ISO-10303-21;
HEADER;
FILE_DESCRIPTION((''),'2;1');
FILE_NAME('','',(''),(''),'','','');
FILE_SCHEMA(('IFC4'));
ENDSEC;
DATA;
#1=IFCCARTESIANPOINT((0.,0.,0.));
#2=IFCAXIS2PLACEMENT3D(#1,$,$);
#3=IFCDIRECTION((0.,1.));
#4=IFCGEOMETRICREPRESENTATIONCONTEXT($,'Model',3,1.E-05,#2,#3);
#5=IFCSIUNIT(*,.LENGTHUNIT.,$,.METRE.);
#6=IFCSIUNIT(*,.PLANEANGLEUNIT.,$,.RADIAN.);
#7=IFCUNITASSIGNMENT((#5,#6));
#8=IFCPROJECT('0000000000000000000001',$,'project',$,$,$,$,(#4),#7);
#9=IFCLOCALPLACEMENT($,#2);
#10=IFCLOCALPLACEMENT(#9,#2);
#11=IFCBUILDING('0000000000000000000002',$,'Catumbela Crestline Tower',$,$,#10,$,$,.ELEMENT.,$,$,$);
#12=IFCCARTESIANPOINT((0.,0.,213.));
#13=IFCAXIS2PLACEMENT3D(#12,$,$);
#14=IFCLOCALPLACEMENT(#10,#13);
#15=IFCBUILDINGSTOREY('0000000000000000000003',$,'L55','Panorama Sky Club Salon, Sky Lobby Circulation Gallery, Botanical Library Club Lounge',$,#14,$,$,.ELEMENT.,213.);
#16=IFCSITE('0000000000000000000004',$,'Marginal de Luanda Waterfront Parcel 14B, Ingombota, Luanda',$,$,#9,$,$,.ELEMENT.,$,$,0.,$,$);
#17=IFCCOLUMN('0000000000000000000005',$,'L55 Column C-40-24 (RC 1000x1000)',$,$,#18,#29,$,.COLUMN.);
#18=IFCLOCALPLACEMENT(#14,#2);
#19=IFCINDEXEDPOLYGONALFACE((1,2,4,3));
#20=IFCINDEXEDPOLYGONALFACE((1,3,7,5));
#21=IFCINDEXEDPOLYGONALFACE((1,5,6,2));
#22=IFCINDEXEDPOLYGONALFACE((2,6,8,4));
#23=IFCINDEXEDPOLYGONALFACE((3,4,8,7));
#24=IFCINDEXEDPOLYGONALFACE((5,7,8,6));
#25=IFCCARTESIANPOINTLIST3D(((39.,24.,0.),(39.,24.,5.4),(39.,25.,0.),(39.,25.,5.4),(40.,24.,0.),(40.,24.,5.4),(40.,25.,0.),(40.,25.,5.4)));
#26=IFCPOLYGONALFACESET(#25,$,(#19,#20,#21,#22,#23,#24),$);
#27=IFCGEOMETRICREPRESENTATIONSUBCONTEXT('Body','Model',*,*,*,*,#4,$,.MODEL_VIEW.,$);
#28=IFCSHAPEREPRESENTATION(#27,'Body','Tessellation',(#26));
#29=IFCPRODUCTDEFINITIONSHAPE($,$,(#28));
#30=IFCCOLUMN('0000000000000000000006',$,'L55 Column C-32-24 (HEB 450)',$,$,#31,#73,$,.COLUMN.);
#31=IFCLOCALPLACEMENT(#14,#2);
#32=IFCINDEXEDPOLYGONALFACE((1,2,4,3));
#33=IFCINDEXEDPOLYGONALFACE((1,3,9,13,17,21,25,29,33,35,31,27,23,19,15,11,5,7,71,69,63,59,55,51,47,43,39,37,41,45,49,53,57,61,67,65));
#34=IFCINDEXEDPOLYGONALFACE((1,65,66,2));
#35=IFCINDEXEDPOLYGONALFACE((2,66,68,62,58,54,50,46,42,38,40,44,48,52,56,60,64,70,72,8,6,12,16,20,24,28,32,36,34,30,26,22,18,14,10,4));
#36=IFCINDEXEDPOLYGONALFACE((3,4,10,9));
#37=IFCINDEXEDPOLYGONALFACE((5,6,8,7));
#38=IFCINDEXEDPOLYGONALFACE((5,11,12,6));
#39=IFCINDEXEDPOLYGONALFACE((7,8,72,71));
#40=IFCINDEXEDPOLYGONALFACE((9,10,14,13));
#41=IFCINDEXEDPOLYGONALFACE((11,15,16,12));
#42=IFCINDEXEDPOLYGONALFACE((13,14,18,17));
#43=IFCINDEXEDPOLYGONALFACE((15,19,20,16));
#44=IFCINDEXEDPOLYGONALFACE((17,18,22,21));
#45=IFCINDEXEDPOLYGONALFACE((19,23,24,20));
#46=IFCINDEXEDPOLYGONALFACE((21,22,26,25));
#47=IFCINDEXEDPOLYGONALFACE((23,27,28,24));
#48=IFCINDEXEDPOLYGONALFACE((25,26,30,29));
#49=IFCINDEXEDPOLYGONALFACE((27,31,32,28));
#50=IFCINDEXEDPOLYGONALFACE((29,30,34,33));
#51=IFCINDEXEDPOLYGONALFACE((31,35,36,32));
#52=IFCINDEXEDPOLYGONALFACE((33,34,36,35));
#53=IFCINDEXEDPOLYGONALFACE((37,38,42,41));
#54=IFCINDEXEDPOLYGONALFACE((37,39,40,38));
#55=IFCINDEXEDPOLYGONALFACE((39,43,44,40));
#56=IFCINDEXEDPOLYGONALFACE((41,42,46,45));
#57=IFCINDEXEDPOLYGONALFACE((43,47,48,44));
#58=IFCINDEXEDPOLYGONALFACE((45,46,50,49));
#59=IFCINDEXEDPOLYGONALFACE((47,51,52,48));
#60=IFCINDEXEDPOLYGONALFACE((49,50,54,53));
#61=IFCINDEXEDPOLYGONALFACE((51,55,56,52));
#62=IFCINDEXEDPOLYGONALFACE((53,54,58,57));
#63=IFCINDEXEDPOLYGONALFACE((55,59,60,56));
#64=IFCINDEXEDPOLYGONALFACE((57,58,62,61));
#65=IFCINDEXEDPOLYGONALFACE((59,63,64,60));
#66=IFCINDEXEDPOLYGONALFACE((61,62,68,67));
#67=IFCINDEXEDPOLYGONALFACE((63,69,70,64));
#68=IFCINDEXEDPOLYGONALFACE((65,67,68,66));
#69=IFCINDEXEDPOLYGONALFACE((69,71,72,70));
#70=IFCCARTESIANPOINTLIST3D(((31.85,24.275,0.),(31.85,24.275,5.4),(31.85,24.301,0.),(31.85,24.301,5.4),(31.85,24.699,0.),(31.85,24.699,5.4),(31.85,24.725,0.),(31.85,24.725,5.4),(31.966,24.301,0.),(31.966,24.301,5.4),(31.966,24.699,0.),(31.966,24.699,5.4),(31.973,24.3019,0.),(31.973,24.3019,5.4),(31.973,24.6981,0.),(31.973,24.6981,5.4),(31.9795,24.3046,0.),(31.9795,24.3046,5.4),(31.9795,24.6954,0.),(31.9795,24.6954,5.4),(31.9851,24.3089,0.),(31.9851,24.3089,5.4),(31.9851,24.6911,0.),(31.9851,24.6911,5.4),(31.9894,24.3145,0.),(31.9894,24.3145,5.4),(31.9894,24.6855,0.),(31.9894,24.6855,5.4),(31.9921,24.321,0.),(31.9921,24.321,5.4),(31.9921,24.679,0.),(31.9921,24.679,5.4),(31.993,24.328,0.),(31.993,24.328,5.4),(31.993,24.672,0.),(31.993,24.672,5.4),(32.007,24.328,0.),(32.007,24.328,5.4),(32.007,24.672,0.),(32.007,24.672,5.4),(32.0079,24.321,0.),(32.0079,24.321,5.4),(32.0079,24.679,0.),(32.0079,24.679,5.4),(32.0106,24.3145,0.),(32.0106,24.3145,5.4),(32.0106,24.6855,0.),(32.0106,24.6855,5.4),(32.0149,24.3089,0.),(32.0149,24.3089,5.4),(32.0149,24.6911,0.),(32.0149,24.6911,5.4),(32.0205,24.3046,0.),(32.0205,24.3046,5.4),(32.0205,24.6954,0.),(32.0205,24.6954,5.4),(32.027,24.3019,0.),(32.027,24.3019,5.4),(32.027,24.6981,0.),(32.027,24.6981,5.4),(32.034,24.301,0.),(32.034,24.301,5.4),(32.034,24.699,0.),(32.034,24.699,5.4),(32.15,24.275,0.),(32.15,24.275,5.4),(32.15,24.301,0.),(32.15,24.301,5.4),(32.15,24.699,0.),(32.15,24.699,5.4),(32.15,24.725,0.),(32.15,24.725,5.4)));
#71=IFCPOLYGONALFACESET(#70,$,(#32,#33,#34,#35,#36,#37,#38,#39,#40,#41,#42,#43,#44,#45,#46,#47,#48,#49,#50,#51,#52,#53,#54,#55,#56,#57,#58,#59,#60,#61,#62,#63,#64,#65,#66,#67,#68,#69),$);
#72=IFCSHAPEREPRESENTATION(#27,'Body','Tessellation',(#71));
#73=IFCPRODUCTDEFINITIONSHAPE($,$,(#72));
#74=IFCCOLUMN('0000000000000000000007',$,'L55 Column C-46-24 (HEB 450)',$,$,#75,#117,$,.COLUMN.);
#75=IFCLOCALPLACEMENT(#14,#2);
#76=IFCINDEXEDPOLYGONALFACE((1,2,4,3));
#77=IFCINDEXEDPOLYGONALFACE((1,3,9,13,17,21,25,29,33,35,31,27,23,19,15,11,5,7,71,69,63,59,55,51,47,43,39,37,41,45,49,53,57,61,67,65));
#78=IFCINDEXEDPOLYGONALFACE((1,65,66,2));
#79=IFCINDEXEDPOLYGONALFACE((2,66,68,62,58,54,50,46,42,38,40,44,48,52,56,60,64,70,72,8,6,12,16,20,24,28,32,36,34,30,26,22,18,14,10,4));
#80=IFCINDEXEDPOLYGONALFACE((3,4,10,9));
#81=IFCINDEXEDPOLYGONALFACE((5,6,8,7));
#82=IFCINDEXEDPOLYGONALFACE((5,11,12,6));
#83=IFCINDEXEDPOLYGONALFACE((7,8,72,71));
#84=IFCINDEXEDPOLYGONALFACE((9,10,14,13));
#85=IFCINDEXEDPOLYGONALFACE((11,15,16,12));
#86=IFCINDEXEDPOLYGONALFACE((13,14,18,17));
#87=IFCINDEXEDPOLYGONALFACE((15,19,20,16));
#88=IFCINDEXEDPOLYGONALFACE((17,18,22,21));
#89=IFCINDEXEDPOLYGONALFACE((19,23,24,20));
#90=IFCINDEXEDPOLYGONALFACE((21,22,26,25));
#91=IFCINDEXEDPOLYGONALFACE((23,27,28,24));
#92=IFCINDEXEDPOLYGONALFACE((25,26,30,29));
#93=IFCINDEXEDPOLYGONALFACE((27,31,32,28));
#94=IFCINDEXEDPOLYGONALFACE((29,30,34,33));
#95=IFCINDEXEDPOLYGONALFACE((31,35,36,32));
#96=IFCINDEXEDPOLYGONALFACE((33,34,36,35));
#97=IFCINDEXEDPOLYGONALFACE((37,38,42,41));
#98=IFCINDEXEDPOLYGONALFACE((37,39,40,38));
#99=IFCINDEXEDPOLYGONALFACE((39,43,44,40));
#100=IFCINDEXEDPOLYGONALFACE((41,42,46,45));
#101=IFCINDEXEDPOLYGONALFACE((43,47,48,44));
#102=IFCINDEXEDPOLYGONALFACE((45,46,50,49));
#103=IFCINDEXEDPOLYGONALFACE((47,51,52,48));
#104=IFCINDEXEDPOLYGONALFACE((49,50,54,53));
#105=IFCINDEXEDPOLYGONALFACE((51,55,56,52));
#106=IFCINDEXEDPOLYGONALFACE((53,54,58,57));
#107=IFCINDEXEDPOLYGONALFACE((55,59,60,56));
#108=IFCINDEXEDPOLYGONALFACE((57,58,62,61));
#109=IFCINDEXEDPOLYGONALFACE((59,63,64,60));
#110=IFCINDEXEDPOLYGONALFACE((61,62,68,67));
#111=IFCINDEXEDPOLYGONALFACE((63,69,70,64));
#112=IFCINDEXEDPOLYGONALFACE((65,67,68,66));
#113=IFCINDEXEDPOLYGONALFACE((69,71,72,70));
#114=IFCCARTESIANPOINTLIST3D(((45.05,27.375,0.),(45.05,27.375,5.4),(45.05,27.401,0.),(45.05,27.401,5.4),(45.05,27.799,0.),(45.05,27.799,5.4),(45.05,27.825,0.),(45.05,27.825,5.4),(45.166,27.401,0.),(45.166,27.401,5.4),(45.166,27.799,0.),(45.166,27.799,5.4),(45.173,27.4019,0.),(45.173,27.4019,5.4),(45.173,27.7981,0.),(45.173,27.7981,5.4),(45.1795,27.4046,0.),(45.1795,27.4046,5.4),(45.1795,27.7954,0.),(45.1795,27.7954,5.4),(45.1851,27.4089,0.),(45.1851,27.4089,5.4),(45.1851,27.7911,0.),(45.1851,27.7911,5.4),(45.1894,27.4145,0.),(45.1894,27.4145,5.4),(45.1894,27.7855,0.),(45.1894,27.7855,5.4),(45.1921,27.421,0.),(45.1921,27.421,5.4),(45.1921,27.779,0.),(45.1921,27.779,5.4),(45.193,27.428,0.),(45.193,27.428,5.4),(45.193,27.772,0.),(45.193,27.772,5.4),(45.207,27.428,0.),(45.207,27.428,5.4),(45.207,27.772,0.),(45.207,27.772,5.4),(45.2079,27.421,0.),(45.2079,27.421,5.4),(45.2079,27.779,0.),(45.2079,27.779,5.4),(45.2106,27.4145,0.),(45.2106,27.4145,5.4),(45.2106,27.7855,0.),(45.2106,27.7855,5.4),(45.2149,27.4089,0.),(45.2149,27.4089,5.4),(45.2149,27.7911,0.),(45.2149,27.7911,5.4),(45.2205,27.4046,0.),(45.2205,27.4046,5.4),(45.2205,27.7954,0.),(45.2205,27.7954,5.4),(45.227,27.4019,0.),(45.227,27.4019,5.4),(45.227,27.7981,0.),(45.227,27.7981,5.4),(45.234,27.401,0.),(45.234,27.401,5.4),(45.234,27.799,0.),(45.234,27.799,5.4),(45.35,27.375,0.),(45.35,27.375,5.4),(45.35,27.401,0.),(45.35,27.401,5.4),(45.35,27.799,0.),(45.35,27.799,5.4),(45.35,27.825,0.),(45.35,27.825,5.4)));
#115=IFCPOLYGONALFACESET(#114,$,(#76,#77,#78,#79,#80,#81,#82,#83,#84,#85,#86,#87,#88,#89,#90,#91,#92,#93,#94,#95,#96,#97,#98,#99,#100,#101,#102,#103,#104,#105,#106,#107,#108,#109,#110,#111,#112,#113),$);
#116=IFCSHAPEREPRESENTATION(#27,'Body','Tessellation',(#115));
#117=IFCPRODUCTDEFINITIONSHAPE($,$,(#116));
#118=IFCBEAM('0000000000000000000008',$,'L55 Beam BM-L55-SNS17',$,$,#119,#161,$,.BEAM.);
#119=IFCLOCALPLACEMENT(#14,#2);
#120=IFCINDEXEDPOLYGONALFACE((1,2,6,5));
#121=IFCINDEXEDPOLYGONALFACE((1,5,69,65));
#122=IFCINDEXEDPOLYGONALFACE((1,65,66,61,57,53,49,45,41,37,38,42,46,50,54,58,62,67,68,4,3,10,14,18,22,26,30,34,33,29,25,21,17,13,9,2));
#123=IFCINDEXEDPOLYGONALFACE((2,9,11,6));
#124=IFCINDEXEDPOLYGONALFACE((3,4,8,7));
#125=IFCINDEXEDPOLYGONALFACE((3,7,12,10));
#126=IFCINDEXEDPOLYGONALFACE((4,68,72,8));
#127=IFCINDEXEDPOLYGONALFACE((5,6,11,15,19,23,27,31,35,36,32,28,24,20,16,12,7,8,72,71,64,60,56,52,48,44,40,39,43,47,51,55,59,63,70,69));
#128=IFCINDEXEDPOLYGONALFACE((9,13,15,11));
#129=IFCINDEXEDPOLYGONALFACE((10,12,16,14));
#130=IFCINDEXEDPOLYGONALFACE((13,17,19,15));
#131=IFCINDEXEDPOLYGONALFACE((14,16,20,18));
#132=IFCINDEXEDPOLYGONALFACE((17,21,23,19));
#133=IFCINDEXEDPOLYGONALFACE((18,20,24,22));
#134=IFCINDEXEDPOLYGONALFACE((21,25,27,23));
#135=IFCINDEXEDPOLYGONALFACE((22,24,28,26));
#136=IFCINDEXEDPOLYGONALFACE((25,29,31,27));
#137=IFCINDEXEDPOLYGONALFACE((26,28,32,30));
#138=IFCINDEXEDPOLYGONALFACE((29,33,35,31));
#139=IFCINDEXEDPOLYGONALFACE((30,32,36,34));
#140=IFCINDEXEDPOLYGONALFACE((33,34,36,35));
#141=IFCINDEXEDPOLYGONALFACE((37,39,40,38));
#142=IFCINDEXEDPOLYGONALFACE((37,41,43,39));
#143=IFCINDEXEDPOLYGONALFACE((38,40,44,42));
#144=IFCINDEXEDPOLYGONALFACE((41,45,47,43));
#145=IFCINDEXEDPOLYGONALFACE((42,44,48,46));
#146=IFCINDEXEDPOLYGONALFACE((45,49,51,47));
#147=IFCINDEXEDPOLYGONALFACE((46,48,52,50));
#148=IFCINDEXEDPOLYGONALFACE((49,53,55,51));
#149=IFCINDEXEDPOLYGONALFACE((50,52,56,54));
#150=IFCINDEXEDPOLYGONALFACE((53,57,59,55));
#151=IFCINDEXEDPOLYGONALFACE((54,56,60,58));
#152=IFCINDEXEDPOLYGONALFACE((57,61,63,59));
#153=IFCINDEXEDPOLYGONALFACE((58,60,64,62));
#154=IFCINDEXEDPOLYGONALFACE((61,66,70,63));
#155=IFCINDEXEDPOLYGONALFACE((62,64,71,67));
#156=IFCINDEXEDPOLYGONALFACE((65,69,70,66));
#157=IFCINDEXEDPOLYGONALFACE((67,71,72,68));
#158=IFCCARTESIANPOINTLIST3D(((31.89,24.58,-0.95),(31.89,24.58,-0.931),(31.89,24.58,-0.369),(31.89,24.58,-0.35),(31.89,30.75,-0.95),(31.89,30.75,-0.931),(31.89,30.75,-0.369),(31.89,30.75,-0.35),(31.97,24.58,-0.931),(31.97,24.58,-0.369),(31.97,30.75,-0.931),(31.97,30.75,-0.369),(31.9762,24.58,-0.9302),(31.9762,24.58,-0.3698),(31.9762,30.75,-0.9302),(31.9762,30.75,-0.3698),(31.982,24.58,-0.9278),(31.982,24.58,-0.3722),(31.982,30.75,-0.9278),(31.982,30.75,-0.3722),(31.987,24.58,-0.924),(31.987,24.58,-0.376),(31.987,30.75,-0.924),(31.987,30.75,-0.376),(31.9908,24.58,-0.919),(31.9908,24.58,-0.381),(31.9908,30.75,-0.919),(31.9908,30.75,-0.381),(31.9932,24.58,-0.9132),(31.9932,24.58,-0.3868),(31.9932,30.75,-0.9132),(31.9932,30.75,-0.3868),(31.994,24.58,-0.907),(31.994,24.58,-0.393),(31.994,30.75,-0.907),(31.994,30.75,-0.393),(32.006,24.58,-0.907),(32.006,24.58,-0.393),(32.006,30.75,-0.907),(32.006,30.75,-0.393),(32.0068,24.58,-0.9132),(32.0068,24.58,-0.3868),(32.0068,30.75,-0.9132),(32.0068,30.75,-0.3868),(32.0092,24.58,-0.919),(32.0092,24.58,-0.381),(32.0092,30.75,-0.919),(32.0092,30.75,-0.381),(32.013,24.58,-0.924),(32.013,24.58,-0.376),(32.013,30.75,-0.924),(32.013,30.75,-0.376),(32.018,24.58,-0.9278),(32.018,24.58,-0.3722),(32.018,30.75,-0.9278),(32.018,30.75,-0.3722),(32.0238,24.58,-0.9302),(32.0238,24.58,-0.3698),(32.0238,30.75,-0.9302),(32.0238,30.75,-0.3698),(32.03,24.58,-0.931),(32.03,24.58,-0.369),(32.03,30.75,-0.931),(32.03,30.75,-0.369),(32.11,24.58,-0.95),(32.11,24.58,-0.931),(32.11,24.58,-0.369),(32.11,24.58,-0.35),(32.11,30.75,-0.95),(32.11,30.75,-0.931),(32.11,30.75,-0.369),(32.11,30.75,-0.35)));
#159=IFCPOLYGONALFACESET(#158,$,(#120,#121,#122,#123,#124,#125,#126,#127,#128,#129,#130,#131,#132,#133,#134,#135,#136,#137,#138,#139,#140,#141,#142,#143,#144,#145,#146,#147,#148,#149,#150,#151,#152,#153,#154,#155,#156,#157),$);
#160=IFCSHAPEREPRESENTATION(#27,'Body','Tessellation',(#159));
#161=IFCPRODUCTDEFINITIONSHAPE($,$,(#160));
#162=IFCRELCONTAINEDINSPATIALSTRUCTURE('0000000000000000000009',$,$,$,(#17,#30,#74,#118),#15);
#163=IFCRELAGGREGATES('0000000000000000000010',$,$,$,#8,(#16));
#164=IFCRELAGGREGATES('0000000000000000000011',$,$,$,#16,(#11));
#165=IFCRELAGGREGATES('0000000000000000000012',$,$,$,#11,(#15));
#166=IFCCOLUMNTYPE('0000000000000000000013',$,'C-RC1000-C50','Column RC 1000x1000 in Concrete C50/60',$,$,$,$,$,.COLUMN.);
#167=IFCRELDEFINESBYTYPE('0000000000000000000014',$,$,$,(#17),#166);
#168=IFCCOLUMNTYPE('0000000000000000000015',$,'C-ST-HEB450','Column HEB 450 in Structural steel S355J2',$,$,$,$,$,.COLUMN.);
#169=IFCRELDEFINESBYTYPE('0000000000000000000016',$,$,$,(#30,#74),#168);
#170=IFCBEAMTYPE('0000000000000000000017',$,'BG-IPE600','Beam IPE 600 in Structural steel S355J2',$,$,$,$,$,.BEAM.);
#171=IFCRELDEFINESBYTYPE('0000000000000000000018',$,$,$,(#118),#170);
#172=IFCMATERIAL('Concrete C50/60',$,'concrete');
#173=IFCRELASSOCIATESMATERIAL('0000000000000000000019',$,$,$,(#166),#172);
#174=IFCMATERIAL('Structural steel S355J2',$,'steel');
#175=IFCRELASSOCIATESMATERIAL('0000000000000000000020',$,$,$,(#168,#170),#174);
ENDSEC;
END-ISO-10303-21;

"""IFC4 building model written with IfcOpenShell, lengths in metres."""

from ifc_helpers import new_model, si_unit, direction, frame, origin, origin_2d, place, context, subcontext, project, spatial, rectangle, i_section, extrude, material, material_profile, profile_set, type_object, element, save


model = new_model("IFC4")

# Units and contexts
model_context = context("Model", 3, precision=1e-05, world=origin(), true_north=direction((0.0, 1.0)))
body_context = subcontext(model_context, "Body", "Model", "MODEL_VIEW")
ifc_project = project(units=[si_unit("LENGTHUNIT", "METRE"), si_unit("PLANEANGLEUNIT", "RADIAN")], contexts=[model_context])

# Site, building, storey
site_placement = place(None, origin())
site = spatial("IfcSite", under=ifc_project, at=site_placement, Name="Marginal de Luanda Waterfront Parcel 14B, Ingombota, Luanda", CompositionType="ELEMENT", RefElevation=0.0)
building_placement = place(site_placement, origin())
building = spatial("IfcBuilding", under=site, at=building_placement, Name="Catumbela Crestline Tower", CompositionType="ELEMENT")
storey_placement = place(building_placement, frame((0.0, 0.0, 213.0)))
storey = spatial("IfcBuildingStorey", under=building, at=storey_placement, Name="L55", Description="Panorama Sky Club Salon, Sky Lobby Circulation Gallery, Botanical Library Club Lounge", CompositionType="ELEMENT", Elevation=213.0)

# Columns
ifc_material_1 = material(Name="Concrete C50/60", Category="concrete")
ifc_material_profile_1 = material_profile(ifc_material_1, rectangle(XDim=1.0, YDim=1.0, at=origin_2d()), Name="RC 1000x1000")
ifc_profile_set_1 = profile_set([ifc_material_profile_1], Name="Concrete C50/60")
column_type_1 = type_object("IfcColumnType", Name="C-RC1000-C50", Description="Column RC 1000x1000 in Concrete C50/60", PredefinedType="COLUMN", material=ifc_profile_set_1)
column_placement = place(storey_placement, frame((39.5, 24.5, 0.0), z_axis=(0.0, 0.0, 1.0), x_axis=(1.0, 0.0, 0.0)))
element("IfcColumn", 1, at=column_placement, inside=storey, type_object=column_type_1, Name="L55 Column C-40-24 (RC 1000x1000)", PredefinedType="COLUMN", context=body_context, shape_type="SweptSolid", body=[
    extrude(rectangle(XDim=1.0, YDim=1.0, at=origin_2d()), origin(), (0.0, 0.0, 1.0), 5.4),
])
ifc_material_2 = material(Name="Structural steel S355J2", Category="steel")
ifc_material_profile_2 = material_profile(ifc_material_2, i_section(OverallWidth=0.3, OverallDepth=0.45, WebThickness=0.014, FlangeThickness=0.026, FilletRadius=0.027, at=origin_2d()), Name="HEB 450")
ifc_profile_set_2 = profile_set([ifc_material_profile_2], Name="Structural steel S355J2")
column_type_2 = type_object("IfcColumnType", Name="C-ST-HEB450", Description="Column HEB 450 in Structural steel S355J2", PredefinedType="COLUMN", material=ifc_profile_set_2)
for number, where, z_axis, x_axis, name in (
    (2, (32.0, 24.5, 0.0), (0.0, 0.0, 1.0), (1.0, 0.0, 0.0), "L55 Column C-32-24 (HEB 450)"),
    (3, (45.2, 27.6, 0.0), (0.0, 0.0, 1.0), (1.0, 0.0, 0.0), "L55 Column C-46-24 (HEB 450)"),
):
    element("IfcColumn", number, at=place(storey_placement, frame(where, z_axis=z_axis, x_axis=x_axis)), inside=storey, type_object=column_type_2, Name=name, PredefinedType="COLUMN", context=body_context, shape_type="SweptSolid", body=[
        extrude(i_section(OverallWidth=0.3, OverallDepth=0.45, WebThickness=0.014, FlangeThickness=0.026, FilletRadius=0.027, at=origin_2d()), origin(), (0.0, 0.0, 1.0), 5.4),
    ])

# Beam
ifc_material_profile_3 = material_profile(ifc_material_2, i_section(OverallWidth=0.22, OverallDepth=0.6, WebThickness=0.012, FlangeThickness=0.019, FilletRadius=0.024, at=origin_2d()), Name="IPE 600")
ifc_profile_set_3 = profile_set([ifc_material_profile_3], Name="Structural steel S355J2")
beam_type_1 = type_object("IfcBeamType", Name="BG-IPE600", Description="Beam IPE 600 in Structural steel S355J2", PredefinedType="BEAM", material=ifc_profile_set_3)
for number, where, z_axis, x_axis, name in (
    (4, (32.0, 24.58, -0.65), (0.0, 1.0, 0.0), (-1.0, 0.0, 0.0), "L55 Beam BM-L55-SNS17"),
):
    element("IfcBeam", number, at=place(storey_placement, frame(where, z_axis=z_axis, x_axis=x_axis)), inside=storey, type_object=beam_type_1, Name=name, PredefinedType="BEAM", context=body_context, shape_type="SweptSolid", body=[
        extrude(i_section(OverallWidth=0.22, OverallDepth=0.6, WebThickness=0.012, FlangeThickness=0.019, FilletRadius=0.024, at=origin_2d()), origin(), (0.0, 0.0, 1.0), 6.17),
    ])

save(model, "model.ifc")
